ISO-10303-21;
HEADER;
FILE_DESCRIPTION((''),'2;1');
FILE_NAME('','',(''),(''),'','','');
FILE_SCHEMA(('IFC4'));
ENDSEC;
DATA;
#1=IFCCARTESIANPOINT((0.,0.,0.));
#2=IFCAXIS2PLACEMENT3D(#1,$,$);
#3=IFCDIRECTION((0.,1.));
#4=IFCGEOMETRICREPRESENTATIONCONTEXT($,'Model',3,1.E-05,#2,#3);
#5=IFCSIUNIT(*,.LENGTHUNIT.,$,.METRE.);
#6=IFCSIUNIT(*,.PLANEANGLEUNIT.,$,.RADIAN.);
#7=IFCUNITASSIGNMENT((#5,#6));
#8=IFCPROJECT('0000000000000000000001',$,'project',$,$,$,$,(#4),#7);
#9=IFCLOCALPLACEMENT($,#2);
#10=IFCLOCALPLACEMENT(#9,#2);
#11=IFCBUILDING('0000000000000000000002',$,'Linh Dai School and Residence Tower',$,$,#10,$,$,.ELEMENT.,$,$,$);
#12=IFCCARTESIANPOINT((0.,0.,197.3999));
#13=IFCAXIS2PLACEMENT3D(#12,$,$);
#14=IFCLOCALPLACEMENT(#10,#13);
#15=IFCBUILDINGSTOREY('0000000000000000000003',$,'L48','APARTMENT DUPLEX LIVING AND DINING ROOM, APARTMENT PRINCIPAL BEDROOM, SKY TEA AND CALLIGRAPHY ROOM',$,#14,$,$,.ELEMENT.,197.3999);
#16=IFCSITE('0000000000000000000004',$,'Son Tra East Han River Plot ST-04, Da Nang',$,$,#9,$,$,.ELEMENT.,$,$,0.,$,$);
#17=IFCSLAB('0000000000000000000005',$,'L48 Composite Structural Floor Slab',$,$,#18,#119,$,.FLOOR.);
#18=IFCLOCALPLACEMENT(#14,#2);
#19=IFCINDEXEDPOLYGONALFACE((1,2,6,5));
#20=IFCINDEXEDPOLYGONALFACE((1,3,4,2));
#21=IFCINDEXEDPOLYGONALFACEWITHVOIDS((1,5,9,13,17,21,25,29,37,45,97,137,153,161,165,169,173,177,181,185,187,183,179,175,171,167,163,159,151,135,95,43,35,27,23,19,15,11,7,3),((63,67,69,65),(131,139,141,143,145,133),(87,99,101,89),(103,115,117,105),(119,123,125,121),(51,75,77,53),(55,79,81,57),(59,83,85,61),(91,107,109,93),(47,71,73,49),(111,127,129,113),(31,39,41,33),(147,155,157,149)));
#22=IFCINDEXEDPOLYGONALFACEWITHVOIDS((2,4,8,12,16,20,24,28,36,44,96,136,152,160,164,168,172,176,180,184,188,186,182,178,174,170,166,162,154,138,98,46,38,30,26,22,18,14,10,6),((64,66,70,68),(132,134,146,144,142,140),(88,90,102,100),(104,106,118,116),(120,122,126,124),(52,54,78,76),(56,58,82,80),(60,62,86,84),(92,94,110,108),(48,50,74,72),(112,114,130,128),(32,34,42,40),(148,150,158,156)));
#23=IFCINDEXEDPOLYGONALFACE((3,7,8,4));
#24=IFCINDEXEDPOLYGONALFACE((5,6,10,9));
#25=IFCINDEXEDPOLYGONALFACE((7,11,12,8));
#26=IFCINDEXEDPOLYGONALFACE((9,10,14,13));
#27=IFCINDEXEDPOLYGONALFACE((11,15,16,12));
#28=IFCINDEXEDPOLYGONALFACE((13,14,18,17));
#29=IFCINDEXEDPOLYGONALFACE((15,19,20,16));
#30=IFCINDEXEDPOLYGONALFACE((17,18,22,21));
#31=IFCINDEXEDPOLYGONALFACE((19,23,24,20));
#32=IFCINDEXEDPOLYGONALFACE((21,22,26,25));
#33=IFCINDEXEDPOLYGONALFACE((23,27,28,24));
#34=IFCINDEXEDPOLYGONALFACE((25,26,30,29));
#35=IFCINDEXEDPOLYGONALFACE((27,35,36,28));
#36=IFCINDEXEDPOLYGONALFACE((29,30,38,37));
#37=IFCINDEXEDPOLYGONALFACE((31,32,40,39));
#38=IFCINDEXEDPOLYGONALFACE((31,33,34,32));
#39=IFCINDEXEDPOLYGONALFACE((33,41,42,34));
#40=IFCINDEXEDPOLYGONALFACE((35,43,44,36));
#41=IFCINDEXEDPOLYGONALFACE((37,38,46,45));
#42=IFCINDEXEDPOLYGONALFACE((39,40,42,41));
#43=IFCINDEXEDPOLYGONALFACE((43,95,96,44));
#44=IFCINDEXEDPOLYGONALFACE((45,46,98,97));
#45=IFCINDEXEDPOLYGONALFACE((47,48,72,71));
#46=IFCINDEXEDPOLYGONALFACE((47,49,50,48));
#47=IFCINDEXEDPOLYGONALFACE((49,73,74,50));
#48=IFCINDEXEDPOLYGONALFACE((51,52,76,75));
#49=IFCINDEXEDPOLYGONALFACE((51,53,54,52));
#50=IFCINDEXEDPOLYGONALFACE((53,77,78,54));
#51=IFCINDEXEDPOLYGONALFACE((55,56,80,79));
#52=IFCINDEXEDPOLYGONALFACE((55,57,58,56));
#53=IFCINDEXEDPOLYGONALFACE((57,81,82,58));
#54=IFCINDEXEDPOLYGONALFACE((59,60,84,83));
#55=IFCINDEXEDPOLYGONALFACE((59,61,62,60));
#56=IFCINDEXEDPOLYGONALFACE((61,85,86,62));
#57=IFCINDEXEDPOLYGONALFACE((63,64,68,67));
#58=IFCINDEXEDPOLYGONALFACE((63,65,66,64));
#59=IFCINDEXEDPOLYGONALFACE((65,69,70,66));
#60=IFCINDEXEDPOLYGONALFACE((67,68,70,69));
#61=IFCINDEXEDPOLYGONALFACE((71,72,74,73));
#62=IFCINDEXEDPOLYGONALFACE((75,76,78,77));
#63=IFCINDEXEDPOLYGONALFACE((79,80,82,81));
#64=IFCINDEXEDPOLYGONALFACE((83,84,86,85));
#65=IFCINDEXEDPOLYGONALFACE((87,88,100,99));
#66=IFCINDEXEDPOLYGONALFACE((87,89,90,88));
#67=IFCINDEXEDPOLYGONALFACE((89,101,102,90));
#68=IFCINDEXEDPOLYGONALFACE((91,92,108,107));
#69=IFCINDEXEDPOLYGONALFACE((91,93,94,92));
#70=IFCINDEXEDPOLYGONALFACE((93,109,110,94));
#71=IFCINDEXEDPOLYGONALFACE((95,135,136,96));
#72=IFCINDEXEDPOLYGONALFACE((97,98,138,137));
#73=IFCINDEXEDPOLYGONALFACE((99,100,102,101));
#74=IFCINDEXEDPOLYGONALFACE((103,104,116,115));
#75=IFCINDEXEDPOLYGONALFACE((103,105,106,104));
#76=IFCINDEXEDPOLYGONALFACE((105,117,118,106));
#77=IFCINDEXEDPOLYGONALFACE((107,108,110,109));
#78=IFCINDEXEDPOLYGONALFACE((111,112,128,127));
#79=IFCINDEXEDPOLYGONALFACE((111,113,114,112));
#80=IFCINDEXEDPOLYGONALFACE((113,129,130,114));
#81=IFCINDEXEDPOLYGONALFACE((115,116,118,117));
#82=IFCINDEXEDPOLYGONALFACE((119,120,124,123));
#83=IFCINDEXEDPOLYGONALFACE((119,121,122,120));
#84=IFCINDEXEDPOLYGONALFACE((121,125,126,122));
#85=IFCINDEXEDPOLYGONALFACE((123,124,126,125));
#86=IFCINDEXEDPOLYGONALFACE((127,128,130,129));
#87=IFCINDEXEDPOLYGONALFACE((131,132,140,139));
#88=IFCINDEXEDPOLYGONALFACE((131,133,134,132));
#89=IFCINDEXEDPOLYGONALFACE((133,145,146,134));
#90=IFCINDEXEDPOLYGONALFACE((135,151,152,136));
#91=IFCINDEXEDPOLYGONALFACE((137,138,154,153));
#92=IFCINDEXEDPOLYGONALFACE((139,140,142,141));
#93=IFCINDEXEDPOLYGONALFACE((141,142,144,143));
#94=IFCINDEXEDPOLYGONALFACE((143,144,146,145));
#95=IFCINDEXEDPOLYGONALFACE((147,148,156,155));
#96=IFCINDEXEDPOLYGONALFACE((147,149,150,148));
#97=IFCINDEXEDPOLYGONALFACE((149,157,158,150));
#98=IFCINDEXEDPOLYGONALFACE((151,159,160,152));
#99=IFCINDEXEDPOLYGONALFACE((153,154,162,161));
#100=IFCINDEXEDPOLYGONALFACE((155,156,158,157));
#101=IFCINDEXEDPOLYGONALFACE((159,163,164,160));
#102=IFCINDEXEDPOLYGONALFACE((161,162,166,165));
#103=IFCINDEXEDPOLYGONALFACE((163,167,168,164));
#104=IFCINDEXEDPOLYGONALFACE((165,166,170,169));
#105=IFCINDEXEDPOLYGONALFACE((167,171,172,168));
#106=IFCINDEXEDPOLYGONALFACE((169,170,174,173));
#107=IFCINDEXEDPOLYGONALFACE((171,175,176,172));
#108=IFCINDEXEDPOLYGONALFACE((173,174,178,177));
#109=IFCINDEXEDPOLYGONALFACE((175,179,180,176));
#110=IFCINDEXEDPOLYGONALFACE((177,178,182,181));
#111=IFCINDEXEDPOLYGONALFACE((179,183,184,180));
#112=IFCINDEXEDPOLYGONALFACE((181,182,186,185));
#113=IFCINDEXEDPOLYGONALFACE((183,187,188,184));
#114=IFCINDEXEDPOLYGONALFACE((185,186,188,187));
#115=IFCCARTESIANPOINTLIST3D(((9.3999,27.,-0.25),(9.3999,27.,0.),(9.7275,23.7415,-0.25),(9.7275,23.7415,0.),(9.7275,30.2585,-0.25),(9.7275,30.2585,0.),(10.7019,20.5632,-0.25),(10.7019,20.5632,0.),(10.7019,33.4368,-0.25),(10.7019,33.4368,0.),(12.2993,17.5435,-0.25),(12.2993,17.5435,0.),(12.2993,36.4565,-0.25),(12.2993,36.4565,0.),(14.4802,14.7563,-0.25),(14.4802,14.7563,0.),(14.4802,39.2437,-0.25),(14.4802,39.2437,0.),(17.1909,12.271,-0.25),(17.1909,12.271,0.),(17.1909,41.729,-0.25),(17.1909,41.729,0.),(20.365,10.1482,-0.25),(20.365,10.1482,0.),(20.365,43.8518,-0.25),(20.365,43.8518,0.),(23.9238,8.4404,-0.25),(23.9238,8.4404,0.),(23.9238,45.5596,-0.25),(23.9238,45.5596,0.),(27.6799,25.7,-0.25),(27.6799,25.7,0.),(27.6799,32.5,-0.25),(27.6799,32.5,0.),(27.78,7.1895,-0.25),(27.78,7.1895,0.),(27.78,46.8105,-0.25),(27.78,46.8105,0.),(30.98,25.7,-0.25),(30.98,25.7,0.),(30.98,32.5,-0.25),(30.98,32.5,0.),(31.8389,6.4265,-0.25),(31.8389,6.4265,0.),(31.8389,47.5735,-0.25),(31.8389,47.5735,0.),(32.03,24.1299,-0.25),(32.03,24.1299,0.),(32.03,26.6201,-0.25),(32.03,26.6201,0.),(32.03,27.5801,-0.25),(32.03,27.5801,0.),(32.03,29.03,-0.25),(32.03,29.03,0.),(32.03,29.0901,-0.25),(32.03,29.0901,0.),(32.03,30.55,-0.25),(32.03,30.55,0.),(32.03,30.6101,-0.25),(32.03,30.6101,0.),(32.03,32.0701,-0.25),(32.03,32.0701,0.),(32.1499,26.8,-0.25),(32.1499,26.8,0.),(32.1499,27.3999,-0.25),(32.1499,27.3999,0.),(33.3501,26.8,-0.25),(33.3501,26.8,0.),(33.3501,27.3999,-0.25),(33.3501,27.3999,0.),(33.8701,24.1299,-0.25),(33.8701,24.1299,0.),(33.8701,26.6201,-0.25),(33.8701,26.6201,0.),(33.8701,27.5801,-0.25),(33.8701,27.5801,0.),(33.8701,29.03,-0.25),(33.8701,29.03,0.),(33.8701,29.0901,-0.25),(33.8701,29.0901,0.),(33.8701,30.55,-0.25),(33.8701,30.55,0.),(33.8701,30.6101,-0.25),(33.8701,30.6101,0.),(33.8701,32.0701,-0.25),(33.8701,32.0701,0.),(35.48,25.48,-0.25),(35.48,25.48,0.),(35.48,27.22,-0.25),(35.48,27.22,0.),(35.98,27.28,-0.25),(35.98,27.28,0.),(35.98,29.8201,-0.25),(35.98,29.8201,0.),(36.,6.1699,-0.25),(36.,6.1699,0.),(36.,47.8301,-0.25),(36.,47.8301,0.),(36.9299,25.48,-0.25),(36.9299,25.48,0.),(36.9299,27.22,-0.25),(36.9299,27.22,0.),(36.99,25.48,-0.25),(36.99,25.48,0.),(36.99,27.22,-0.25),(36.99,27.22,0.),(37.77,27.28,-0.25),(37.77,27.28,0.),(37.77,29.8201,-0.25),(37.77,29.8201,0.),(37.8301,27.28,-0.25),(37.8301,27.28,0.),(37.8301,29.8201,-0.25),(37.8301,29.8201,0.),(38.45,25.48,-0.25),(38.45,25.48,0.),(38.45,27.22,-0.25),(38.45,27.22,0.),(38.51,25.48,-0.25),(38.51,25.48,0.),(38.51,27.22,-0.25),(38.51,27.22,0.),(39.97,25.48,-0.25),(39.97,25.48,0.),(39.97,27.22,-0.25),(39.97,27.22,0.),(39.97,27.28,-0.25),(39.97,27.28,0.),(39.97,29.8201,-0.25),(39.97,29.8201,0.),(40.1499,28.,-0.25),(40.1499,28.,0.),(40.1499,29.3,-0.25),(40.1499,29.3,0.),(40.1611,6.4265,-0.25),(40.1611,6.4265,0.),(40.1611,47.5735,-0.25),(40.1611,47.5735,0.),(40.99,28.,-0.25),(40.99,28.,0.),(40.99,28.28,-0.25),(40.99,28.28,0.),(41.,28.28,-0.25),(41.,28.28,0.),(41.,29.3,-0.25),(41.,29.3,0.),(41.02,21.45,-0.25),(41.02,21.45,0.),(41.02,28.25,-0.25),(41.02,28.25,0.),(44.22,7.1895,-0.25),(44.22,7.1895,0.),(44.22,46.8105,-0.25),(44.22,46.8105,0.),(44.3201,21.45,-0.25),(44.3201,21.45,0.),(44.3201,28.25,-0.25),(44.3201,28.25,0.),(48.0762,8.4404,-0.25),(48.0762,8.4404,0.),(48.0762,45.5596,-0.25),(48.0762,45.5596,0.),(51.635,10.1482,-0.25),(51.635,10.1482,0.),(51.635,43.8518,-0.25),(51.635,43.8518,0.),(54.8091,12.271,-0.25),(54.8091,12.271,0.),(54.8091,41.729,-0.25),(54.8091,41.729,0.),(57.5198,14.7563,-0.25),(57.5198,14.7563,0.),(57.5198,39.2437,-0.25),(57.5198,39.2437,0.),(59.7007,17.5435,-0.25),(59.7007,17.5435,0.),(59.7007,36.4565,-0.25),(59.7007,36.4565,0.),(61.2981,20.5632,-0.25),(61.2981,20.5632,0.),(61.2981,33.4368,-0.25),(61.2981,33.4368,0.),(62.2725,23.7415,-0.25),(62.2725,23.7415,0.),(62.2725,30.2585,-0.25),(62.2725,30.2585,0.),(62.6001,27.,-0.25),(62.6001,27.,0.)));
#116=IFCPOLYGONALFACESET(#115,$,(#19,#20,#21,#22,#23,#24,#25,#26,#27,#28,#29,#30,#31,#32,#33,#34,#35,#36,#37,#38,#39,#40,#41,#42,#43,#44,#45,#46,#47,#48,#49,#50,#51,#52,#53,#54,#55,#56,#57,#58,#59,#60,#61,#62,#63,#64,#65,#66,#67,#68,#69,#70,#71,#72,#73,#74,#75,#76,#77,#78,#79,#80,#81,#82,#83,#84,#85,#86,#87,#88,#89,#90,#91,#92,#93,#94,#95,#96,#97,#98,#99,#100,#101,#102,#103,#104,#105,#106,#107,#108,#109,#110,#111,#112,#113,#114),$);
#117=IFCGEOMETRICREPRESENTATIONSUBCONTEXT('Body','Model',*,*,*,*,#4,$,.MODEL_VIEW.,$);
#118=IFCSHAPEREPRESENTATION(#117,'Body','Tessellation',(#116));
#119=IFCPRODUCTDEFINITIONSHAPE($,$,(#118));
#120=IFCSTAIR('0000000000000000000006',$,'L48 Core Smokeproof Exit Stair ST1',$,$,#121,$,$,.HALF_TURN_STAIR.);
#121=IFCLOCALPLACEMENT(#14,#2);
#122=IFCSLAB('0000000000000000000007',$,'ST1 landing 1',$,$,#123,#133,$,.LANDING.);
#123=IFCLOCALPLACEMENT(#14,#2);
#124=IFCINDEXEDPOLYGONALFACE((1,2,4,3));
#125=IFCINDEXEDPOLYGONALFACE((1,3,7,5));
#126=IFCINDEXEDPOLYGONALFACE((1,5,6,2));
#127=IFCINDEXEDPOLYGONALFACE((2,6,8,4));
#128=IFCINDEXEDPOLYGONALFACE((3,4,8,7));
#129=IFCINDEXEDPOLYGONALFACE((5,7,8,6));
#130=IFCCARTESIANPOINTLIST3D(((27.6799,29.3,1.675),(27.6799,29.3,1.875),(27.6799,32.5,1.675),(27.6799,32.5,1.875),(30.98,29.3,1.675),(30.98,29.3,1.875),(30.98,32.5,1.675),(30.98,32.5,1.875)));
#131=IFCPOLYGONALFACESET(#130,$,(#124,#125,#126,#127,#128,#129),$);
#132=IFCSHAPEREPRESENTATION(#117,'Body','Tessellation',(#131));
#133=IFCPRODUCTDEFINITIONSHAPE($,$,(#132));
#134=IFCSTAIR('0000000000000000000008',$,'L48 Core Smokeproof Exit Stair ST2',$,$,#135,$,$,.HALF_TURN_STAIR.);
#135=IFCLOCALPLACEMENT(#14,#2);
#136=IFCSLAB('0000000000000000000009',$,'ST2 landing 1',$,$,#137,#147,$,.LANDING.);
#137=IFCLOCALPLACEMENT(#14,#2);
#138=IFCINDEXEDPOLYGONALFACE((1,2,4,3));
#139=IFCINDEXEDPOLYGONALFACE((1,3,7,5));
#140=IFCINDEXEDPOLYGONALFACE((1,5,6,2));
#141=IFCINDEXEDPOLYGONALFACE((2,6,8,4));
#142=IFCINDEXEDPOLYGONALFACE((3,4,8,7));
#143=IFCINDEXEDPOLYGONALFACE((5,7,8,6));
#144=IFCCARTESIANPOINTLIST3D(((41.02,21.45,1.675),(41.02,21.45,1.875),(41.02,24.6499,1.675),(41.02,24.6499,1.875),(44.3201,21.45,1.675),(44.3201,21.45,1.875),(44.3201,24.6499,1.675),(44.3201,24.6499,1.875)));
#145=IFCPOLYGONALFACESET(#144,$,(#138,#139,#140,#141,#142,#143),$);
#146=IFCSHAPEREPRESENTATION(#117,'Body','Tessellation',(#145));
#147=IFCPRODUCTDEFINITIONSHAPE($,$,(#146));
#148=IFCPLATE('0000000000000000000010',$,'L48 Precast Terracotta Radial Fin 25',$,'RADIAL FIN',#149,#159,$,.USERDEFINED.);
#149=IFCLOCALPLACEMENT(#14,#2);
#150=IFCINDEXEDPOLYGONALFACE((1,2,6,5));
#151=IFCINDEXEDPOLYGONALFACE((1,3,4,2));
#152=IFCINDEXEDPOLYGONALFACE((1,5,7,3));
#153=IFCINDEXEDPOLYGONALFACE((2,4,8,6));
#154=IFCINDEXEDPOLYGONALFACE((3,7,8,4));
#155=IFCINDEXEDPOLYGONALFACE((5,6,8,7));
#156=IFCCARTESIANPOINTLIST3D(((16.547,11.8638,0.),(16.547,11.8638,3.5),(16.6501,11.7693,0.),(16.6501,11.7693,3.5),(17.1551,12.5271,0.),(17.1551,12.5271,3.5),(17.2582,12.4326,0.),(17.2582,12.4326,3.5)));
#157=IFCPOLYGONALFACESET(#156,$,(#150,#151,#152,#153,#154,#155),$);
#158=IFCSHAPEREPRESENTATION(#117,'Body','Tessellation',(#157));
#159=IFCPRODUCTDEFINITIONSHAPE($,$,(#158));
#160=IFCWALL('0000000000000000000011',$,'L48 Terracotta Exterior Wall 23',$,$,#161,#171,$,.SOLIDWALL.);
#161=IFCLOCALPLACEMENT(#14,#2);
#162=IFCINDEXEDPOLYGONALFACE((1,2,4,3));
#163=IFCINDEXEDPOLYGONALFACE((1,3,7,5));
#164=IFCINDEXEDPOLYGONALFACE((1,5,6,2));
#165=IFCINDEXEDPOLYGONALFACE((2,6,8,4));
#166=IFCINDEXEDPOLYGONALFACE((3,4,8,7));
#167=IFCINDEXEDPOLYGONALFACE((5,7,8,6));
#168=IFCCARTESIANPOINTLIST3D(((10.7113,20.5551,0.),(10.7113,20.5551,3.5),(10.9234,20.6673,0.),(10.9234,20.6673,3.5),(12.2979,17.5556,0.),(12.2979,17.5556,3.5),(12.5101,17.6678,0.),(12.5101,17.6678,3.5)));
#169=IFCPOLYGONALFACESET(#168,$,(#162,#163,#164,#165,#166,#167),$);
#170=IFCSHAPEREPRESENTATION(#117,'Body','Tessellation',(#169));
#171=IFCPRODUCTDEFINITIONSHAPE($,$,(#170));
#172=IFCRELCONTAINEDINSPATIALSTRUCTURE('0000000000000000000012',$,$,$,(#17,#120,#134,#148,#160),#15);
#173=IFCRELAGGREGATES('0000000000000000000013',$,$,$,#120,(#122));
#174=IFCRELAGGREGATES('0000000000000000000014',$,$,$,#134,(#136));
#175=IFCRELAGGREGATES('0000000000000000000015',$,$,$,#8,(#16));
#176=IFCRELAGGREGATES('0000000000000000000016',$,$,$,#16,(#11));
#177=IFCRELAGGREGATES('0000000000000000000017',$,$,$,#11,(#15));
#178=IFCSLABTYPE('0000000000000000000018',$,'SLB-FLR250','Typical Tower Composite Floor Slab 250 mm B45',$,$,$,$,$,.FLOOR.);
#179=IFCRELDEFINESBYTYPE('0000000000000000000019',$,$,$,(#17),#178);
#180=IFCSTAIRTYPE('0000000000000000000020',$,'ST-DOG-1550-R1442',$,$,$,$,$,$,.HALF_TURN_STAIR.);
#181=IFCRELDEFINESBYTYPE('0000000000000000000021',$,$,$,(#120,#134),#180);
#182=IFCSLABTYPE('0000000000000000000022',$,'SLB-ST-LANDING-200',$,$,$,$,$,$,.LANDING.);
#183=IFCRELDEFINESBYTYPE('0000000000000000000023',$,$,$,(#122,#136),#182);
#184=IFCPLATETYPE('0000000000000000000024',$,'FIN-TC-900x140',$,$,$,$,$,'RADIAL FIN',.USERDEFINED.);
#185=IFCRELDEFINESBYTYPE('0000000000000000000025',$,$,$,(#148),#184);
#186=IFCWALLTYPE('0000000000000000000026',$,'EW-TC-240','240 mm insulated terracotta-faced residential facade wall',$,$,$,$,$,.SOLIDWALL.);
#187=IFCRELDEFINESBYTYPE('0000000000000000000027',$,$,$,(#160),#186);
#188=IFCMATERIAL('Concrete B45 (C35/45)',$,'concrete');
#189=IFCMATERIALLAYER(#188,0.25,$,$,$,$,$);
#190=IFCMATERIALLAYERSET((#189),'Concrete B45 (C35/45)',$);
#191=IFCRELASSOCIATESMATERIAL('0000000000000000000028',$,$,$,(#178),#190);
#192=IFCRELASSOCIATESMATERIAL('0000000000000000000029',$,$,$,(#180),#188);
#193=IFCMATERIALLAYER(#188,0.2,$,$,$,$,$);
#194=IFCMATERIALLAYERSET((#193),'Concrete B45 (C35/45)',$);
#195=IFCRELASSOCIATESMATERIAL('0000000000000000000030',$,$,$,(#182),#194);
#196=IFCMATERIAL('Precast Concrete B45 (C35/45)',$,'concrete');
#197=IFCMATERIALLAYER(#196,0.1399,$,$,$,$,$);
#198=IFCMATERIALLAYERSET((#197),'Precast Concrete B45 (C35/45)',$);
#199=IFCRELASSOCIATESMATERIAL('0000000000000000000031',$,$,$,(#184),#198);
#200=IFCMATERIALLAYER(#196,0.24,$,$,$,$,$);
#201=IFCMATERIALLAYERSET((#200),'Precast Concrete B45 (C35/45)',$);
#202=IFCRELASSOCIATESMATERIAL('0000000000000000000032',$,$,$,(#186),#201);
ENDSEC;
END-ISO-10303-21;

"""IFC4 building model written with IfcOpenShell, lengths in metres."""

from ifc_helpers import new_model, si_unit, direction, frame, frame_2d, origin, origin_2d, place, context, subcontext, project, spatial, polyline, rectangle, outline, extrude, source, transform, mapped, material, layer, layer_set, type_object, element, aggregate, save


model = new_model("IFC4")

# Units and contexts
model_context = context("Model", 3, precision=1e-05, world=origin(), true_north=direction((0.0, 1.0)))
body_context = subcontext(model_context, "Body", "Model", "MODEL_VIEW")
ifc_project = project(units=[si_unit("LENGTHUNIT", "METRE"), si_unit("PLANEANGLEUNIT", "RADIAN")], contexts=[model_context])

# Site, building, storey
site_placement = place(None, origin())
site = spatial("IfcSite", under=ifc_project, at=site_placement, Name="Son Tra East Han River Plot ST-04, Da Nang", CompositionType="ELEMENT", RefElevation=0.0)
building_placement = place(site_placement, origin())
building = spatial("IfcBuilding", under=site, at=building_placement, Name="Linh Dai School and Residence Tower", CompositionType="ELEMENT")
storey_placement = place(building_placement, frame((0.0, 0.0, 197.3999)))
storey = spatial("IfcBuildingStorey", under=building, at=storey_placement, Name="L48", Description="APARTMENT DUPLEX LIVING AND DINING ROOM, APARTMENT PRINCIPAL BEDROOM, SKY TEA AND CALLIGRAPHY ROOM", CompositionType="ELEMENT", Elevation=197.3999)

# Slab
ifc_material_1 = material(Name="Concrete B45 (C35/45)", Category="concrete")
ifc_layer_1 = layer(ifc_material_1, 0.25)
ifc_layer_set_1 = layer_set([ifc_layer_1], Name="Concrete B45 (C35/45)")
slab_type_1 = type_object("IfcSlabType", Name="SLB-FLR250", Description="Typical Tower Composite Floor Slab 250 mm B45", PredefinedType="FLOOR", material=ifc_layer_set_1)
slab_1_placement = place(storey_placement, frame((0.0, 0.0, -0.25)))
element("IfcSlab", 1, at=slab_1_placement, inside=storey, type_object=slab_type_1, Name="L48 Composite Structural Floor Slab", PredefinedType="FLOOR", context=body_context, shape_type="SweptSolid", body=[
    extrude(outline(polyline([(62.6001, 27.0), (62.2725, 30.2585), (61.2981, 33.4368), (59.7007, 36.4565), (57.5198, 39.2437), (54.8091, 41.729), (51.635, 43.8518), (48.0762, 45.5596), (44.22, 46.8105), (40.1611, 47.5735), (36.0, 47.8301), (31.8389, 47.5735), (27.78, 46.8105), (23.9238, 45.5596), (20.365, 43.8518), (17.1909, 41.729), (14.4802, 39.2437), (12.2993, 36.4565), (10.7019, 33.4368), (9.7275, 30.2585), (9.3999, 27.0), (9.7275, 23.7415), (10.7019, 20.5632), (12.2993, 17.5435), (14.4802, 14.7563), (17.1909, 12.271), (20.365, 10.1482), (23.9238, 8.4404), (27.78, 7.1895), (31.8389, 6.4265), (36.0, 6.1699), (40.1611, 6.4265), (44.22, 7.1895), (48.0762, 8.4404), (51.635, 10.1482), (54.8091, 12.271), (57.5198, 14.7563), (59.7007, 17.5435), (61.2981, 20.5632), (62.2725, 23.7415), (62.6001, 27.0)]), holes=[polyline([(30.98, 25.7), (30.98, 32.5), (27.6799, 32.5), (27.6799, 25.7), (30.98, 25.7)]), polyline([(41.02, 28.25), (41.02, 21.45), (44.3201, 21.45), (44.3201, 28.25), (41.02, 28.25)]), polyline([(35.98, 27.28), (37.77, 27.28), (37.77, 29.8201), (35.98, 29.8201), (35.98, 27.28)]), polyline([(32.03, 24.1299), (33.8701, 24.1299), (33.8701, 26.6201), (32.03, 26.6201), (32.03, 24.1299)]), polyline([(37.8301, 27.28), (39.97, 27.28), (39.97, 29.8201), (37.8301, 29.8201), (37.8301, 27.28)]), polyline([(32.03, 27.5801), (33.8701, 27.5801), (33.8701, 29.03), (32.03, 29.03), (32.03, 27.5801)]), polyline([(32.03, 29.0901), (33.8701, 29.0901), (33.8701, 30.55), (32.03, 30.55), (32.03, 29.0901)]), polyline([(32.03, 30.6101), (33.8701, 30.6101), (33.8701, 32.0701), (32.03, 32.0701), (32.03, 30.6101)]), polyline([(35.48, 25.48), (36.9299, 25.48), (36.9299, 27.22), (35.48, 27.22), (35.48, 25.48)]), polyline([(36.99, 25.48), (38.45, 25.48), (38.45, 27.22), (36.99, 27.22), (36.99, 25.48)]), polyline([(38.51, 25.48), (39.97, 25.48), (39.97, 27.22), (38.51, 27.22), (38.51, 25.48)]), polyline([(40.1499, 28.0), (40.1499, 29.3), (41.0, 29.3), (41.0, 28.28), (40.99, 28.28), (40.99, 28.0), (40.1499, 28.0)]), polyline([(32.1499, 26.8), (33.3501, 26.8), (33.3501, 27.3999), (32.1499, 27.3999), (32.1499, 26.8)])]), origin(), (0.0, 0.0, 1.0), 0.25),
])

# Stairs, slabs
stair_type = type_object("IfcStairType", Name="ST-DOG-1550-R1442", PredefinedType="HALF_TURN_STAIR", material=ifc_material_1)
stair_1_placement = place(storey_placement, origin())
stair_1 = element("IfcStair", 2, at=stair_1_placement, inside=storey, type_object=stair_type, Name="L48 Core Smokeproof Exit Stair ST1", PredefinedType="HALF_TURN_STAIR")
ifc_layer_2 = layer(ifc_material_1, 0.2)
ifc_layer_set_2 = layer_set([ifc_layer_2], Name="Concrete B45 (C35/45)")
slab_type_2 = type_object("IfcSlabType", Name="SLB-ST-LANDING-200", PredefinedType="LANDING", material=ifc_layer_set_2)
slab_2_placement = place(storey_placement, frame((0.0, 0.0, 1.675)))
slab_2 = element("IfcSlab", 3, at=slab_2_placement, type_object=slab_type_2, Name="ST1 landing 1", PredefinedType="LANDING", context=body_context, shape_type="SweptSolid", body=[
    extrude(outline(polyline([(30.98, 29.3), (30.98, 32.5), (27.6799, 32.5), (27.6799, 29.3), (30.98, 29.3)])), origin(), (0.0, 0.0, 1.0), 0.2),
])
aggregate(stair_1, [slab_2])
stair_2_placement = place(storey_placement, origin())
stair_2 = element("IfcStair", 4, at=stair_2_placement, inside=storey, type_object=stair_type, Name="L48 Core Smokeproof Exit Stair ST2", PredefinedType="HALF_TURN_STAIR")
slab_3_placement = place(storey_placement, frame((0.0, 0.0, 1.675)))
slab_3 = element("IfcSlab", 5, at=slab_3_placement, type_object=slab_type_2, Name="ST2 landing 1", PredefinedType="LANDING", context=body_context, shape_type="SweptSolid", body=[
    extrude(outline(polyline([(41.02, 24.6499), (41.02, 21.45), (44.3201, 21.45), (44.3201, 24.6499), (41.02, 24.6499)])), origin(), (0.0, 0.0, 1.0), 0.2),
])
aggregate(stair_2, [slab_3])

# Plate
ifc_material_2 = material(Name="Precast Concrete B45 (C35/45)", Category="concrete")
ifc_layer_3 = layer(ifc_material_2, 0.1399)
ifc_layer_set_3 = layer_set([ifc_layer_3], Name="Precast Concrete B45 (C35/45)")
plate_type = type_object("IfcPlateType", Name="FIN-TC-900x140", ElementType="RADIAL FIN", PredefinedType="USERDEFINED", material=ifc_layer_set_3)
shared_shape_1 = source(origin(), body_context, "Body", "SweptSolid", [
    extrude(rectangle(XDim=0.8999, YDim=0.1399, at=origin_2d()), origin(), (0.0, 0.0, 1.0), 3.5),
])
plate_placement = place(storey_placement, frame((16.9026, 12.1482, 0.0), z_axis=(0.0, 0.0, 1.0), x_axis=(-0.6758, -0.737085, 0.0)))
element("IfcPlate", 6, at=plate_placement, inside=storey, type_object=plate_type, Name="L48 Precast Terracotta Radial Fin 25", ObjectType="RADIAL FIN", PredefinedType="USERDEFINED", context=body_context, shape_type="MappedRepresentation", body=[
    mapped(shared_shape_1, transform((0.0, 0.0, 0.0), x_axis=(1.0, 0.0, 0.0), y_axis=(0.0, 1.0, 0.0), z_axis=(0.0, 0.0, 1.0), scale=1.0)),
])

# Wall
ifc_layer_4 = layer(ifc_material_2, 0.24)
ifc_layer_set_4 = layer_set([ifc_layer_4], Name="Precast Concrete B45 (C35/45)")
wall_type_1 = type_object("IfcWallType", Name="EW-TC-240", Description="240 mm insulated terracotta-faced residential facade wall", PredefinedType="SOLIDWALL", material=ifc_layer_set_4)
wall_1_placement = place(storey_placement, frame((12.4041, 17.6116, 0.0), z_axis=(0.0, 0.0, 1.0), x_axis=(-0.467587, 0.883947, 0.0)))
element("IfcWall", 7, at=wall_1_placement, inside=storey, type_object=wall_type_1, Name="L48 Terracotta Exterior Wall 23", PredefinedType="SOLIDWALL", context=body_context, shape_type="SweptSolid", body=[
    extrude(rectangle(XDim=3.3933, YDim=0.24, at=frame_2d((1.6968, 0.0))), origin(), (0.0, 0.0, 1.0), 3.5),
])

save(model, "model.ifc")
